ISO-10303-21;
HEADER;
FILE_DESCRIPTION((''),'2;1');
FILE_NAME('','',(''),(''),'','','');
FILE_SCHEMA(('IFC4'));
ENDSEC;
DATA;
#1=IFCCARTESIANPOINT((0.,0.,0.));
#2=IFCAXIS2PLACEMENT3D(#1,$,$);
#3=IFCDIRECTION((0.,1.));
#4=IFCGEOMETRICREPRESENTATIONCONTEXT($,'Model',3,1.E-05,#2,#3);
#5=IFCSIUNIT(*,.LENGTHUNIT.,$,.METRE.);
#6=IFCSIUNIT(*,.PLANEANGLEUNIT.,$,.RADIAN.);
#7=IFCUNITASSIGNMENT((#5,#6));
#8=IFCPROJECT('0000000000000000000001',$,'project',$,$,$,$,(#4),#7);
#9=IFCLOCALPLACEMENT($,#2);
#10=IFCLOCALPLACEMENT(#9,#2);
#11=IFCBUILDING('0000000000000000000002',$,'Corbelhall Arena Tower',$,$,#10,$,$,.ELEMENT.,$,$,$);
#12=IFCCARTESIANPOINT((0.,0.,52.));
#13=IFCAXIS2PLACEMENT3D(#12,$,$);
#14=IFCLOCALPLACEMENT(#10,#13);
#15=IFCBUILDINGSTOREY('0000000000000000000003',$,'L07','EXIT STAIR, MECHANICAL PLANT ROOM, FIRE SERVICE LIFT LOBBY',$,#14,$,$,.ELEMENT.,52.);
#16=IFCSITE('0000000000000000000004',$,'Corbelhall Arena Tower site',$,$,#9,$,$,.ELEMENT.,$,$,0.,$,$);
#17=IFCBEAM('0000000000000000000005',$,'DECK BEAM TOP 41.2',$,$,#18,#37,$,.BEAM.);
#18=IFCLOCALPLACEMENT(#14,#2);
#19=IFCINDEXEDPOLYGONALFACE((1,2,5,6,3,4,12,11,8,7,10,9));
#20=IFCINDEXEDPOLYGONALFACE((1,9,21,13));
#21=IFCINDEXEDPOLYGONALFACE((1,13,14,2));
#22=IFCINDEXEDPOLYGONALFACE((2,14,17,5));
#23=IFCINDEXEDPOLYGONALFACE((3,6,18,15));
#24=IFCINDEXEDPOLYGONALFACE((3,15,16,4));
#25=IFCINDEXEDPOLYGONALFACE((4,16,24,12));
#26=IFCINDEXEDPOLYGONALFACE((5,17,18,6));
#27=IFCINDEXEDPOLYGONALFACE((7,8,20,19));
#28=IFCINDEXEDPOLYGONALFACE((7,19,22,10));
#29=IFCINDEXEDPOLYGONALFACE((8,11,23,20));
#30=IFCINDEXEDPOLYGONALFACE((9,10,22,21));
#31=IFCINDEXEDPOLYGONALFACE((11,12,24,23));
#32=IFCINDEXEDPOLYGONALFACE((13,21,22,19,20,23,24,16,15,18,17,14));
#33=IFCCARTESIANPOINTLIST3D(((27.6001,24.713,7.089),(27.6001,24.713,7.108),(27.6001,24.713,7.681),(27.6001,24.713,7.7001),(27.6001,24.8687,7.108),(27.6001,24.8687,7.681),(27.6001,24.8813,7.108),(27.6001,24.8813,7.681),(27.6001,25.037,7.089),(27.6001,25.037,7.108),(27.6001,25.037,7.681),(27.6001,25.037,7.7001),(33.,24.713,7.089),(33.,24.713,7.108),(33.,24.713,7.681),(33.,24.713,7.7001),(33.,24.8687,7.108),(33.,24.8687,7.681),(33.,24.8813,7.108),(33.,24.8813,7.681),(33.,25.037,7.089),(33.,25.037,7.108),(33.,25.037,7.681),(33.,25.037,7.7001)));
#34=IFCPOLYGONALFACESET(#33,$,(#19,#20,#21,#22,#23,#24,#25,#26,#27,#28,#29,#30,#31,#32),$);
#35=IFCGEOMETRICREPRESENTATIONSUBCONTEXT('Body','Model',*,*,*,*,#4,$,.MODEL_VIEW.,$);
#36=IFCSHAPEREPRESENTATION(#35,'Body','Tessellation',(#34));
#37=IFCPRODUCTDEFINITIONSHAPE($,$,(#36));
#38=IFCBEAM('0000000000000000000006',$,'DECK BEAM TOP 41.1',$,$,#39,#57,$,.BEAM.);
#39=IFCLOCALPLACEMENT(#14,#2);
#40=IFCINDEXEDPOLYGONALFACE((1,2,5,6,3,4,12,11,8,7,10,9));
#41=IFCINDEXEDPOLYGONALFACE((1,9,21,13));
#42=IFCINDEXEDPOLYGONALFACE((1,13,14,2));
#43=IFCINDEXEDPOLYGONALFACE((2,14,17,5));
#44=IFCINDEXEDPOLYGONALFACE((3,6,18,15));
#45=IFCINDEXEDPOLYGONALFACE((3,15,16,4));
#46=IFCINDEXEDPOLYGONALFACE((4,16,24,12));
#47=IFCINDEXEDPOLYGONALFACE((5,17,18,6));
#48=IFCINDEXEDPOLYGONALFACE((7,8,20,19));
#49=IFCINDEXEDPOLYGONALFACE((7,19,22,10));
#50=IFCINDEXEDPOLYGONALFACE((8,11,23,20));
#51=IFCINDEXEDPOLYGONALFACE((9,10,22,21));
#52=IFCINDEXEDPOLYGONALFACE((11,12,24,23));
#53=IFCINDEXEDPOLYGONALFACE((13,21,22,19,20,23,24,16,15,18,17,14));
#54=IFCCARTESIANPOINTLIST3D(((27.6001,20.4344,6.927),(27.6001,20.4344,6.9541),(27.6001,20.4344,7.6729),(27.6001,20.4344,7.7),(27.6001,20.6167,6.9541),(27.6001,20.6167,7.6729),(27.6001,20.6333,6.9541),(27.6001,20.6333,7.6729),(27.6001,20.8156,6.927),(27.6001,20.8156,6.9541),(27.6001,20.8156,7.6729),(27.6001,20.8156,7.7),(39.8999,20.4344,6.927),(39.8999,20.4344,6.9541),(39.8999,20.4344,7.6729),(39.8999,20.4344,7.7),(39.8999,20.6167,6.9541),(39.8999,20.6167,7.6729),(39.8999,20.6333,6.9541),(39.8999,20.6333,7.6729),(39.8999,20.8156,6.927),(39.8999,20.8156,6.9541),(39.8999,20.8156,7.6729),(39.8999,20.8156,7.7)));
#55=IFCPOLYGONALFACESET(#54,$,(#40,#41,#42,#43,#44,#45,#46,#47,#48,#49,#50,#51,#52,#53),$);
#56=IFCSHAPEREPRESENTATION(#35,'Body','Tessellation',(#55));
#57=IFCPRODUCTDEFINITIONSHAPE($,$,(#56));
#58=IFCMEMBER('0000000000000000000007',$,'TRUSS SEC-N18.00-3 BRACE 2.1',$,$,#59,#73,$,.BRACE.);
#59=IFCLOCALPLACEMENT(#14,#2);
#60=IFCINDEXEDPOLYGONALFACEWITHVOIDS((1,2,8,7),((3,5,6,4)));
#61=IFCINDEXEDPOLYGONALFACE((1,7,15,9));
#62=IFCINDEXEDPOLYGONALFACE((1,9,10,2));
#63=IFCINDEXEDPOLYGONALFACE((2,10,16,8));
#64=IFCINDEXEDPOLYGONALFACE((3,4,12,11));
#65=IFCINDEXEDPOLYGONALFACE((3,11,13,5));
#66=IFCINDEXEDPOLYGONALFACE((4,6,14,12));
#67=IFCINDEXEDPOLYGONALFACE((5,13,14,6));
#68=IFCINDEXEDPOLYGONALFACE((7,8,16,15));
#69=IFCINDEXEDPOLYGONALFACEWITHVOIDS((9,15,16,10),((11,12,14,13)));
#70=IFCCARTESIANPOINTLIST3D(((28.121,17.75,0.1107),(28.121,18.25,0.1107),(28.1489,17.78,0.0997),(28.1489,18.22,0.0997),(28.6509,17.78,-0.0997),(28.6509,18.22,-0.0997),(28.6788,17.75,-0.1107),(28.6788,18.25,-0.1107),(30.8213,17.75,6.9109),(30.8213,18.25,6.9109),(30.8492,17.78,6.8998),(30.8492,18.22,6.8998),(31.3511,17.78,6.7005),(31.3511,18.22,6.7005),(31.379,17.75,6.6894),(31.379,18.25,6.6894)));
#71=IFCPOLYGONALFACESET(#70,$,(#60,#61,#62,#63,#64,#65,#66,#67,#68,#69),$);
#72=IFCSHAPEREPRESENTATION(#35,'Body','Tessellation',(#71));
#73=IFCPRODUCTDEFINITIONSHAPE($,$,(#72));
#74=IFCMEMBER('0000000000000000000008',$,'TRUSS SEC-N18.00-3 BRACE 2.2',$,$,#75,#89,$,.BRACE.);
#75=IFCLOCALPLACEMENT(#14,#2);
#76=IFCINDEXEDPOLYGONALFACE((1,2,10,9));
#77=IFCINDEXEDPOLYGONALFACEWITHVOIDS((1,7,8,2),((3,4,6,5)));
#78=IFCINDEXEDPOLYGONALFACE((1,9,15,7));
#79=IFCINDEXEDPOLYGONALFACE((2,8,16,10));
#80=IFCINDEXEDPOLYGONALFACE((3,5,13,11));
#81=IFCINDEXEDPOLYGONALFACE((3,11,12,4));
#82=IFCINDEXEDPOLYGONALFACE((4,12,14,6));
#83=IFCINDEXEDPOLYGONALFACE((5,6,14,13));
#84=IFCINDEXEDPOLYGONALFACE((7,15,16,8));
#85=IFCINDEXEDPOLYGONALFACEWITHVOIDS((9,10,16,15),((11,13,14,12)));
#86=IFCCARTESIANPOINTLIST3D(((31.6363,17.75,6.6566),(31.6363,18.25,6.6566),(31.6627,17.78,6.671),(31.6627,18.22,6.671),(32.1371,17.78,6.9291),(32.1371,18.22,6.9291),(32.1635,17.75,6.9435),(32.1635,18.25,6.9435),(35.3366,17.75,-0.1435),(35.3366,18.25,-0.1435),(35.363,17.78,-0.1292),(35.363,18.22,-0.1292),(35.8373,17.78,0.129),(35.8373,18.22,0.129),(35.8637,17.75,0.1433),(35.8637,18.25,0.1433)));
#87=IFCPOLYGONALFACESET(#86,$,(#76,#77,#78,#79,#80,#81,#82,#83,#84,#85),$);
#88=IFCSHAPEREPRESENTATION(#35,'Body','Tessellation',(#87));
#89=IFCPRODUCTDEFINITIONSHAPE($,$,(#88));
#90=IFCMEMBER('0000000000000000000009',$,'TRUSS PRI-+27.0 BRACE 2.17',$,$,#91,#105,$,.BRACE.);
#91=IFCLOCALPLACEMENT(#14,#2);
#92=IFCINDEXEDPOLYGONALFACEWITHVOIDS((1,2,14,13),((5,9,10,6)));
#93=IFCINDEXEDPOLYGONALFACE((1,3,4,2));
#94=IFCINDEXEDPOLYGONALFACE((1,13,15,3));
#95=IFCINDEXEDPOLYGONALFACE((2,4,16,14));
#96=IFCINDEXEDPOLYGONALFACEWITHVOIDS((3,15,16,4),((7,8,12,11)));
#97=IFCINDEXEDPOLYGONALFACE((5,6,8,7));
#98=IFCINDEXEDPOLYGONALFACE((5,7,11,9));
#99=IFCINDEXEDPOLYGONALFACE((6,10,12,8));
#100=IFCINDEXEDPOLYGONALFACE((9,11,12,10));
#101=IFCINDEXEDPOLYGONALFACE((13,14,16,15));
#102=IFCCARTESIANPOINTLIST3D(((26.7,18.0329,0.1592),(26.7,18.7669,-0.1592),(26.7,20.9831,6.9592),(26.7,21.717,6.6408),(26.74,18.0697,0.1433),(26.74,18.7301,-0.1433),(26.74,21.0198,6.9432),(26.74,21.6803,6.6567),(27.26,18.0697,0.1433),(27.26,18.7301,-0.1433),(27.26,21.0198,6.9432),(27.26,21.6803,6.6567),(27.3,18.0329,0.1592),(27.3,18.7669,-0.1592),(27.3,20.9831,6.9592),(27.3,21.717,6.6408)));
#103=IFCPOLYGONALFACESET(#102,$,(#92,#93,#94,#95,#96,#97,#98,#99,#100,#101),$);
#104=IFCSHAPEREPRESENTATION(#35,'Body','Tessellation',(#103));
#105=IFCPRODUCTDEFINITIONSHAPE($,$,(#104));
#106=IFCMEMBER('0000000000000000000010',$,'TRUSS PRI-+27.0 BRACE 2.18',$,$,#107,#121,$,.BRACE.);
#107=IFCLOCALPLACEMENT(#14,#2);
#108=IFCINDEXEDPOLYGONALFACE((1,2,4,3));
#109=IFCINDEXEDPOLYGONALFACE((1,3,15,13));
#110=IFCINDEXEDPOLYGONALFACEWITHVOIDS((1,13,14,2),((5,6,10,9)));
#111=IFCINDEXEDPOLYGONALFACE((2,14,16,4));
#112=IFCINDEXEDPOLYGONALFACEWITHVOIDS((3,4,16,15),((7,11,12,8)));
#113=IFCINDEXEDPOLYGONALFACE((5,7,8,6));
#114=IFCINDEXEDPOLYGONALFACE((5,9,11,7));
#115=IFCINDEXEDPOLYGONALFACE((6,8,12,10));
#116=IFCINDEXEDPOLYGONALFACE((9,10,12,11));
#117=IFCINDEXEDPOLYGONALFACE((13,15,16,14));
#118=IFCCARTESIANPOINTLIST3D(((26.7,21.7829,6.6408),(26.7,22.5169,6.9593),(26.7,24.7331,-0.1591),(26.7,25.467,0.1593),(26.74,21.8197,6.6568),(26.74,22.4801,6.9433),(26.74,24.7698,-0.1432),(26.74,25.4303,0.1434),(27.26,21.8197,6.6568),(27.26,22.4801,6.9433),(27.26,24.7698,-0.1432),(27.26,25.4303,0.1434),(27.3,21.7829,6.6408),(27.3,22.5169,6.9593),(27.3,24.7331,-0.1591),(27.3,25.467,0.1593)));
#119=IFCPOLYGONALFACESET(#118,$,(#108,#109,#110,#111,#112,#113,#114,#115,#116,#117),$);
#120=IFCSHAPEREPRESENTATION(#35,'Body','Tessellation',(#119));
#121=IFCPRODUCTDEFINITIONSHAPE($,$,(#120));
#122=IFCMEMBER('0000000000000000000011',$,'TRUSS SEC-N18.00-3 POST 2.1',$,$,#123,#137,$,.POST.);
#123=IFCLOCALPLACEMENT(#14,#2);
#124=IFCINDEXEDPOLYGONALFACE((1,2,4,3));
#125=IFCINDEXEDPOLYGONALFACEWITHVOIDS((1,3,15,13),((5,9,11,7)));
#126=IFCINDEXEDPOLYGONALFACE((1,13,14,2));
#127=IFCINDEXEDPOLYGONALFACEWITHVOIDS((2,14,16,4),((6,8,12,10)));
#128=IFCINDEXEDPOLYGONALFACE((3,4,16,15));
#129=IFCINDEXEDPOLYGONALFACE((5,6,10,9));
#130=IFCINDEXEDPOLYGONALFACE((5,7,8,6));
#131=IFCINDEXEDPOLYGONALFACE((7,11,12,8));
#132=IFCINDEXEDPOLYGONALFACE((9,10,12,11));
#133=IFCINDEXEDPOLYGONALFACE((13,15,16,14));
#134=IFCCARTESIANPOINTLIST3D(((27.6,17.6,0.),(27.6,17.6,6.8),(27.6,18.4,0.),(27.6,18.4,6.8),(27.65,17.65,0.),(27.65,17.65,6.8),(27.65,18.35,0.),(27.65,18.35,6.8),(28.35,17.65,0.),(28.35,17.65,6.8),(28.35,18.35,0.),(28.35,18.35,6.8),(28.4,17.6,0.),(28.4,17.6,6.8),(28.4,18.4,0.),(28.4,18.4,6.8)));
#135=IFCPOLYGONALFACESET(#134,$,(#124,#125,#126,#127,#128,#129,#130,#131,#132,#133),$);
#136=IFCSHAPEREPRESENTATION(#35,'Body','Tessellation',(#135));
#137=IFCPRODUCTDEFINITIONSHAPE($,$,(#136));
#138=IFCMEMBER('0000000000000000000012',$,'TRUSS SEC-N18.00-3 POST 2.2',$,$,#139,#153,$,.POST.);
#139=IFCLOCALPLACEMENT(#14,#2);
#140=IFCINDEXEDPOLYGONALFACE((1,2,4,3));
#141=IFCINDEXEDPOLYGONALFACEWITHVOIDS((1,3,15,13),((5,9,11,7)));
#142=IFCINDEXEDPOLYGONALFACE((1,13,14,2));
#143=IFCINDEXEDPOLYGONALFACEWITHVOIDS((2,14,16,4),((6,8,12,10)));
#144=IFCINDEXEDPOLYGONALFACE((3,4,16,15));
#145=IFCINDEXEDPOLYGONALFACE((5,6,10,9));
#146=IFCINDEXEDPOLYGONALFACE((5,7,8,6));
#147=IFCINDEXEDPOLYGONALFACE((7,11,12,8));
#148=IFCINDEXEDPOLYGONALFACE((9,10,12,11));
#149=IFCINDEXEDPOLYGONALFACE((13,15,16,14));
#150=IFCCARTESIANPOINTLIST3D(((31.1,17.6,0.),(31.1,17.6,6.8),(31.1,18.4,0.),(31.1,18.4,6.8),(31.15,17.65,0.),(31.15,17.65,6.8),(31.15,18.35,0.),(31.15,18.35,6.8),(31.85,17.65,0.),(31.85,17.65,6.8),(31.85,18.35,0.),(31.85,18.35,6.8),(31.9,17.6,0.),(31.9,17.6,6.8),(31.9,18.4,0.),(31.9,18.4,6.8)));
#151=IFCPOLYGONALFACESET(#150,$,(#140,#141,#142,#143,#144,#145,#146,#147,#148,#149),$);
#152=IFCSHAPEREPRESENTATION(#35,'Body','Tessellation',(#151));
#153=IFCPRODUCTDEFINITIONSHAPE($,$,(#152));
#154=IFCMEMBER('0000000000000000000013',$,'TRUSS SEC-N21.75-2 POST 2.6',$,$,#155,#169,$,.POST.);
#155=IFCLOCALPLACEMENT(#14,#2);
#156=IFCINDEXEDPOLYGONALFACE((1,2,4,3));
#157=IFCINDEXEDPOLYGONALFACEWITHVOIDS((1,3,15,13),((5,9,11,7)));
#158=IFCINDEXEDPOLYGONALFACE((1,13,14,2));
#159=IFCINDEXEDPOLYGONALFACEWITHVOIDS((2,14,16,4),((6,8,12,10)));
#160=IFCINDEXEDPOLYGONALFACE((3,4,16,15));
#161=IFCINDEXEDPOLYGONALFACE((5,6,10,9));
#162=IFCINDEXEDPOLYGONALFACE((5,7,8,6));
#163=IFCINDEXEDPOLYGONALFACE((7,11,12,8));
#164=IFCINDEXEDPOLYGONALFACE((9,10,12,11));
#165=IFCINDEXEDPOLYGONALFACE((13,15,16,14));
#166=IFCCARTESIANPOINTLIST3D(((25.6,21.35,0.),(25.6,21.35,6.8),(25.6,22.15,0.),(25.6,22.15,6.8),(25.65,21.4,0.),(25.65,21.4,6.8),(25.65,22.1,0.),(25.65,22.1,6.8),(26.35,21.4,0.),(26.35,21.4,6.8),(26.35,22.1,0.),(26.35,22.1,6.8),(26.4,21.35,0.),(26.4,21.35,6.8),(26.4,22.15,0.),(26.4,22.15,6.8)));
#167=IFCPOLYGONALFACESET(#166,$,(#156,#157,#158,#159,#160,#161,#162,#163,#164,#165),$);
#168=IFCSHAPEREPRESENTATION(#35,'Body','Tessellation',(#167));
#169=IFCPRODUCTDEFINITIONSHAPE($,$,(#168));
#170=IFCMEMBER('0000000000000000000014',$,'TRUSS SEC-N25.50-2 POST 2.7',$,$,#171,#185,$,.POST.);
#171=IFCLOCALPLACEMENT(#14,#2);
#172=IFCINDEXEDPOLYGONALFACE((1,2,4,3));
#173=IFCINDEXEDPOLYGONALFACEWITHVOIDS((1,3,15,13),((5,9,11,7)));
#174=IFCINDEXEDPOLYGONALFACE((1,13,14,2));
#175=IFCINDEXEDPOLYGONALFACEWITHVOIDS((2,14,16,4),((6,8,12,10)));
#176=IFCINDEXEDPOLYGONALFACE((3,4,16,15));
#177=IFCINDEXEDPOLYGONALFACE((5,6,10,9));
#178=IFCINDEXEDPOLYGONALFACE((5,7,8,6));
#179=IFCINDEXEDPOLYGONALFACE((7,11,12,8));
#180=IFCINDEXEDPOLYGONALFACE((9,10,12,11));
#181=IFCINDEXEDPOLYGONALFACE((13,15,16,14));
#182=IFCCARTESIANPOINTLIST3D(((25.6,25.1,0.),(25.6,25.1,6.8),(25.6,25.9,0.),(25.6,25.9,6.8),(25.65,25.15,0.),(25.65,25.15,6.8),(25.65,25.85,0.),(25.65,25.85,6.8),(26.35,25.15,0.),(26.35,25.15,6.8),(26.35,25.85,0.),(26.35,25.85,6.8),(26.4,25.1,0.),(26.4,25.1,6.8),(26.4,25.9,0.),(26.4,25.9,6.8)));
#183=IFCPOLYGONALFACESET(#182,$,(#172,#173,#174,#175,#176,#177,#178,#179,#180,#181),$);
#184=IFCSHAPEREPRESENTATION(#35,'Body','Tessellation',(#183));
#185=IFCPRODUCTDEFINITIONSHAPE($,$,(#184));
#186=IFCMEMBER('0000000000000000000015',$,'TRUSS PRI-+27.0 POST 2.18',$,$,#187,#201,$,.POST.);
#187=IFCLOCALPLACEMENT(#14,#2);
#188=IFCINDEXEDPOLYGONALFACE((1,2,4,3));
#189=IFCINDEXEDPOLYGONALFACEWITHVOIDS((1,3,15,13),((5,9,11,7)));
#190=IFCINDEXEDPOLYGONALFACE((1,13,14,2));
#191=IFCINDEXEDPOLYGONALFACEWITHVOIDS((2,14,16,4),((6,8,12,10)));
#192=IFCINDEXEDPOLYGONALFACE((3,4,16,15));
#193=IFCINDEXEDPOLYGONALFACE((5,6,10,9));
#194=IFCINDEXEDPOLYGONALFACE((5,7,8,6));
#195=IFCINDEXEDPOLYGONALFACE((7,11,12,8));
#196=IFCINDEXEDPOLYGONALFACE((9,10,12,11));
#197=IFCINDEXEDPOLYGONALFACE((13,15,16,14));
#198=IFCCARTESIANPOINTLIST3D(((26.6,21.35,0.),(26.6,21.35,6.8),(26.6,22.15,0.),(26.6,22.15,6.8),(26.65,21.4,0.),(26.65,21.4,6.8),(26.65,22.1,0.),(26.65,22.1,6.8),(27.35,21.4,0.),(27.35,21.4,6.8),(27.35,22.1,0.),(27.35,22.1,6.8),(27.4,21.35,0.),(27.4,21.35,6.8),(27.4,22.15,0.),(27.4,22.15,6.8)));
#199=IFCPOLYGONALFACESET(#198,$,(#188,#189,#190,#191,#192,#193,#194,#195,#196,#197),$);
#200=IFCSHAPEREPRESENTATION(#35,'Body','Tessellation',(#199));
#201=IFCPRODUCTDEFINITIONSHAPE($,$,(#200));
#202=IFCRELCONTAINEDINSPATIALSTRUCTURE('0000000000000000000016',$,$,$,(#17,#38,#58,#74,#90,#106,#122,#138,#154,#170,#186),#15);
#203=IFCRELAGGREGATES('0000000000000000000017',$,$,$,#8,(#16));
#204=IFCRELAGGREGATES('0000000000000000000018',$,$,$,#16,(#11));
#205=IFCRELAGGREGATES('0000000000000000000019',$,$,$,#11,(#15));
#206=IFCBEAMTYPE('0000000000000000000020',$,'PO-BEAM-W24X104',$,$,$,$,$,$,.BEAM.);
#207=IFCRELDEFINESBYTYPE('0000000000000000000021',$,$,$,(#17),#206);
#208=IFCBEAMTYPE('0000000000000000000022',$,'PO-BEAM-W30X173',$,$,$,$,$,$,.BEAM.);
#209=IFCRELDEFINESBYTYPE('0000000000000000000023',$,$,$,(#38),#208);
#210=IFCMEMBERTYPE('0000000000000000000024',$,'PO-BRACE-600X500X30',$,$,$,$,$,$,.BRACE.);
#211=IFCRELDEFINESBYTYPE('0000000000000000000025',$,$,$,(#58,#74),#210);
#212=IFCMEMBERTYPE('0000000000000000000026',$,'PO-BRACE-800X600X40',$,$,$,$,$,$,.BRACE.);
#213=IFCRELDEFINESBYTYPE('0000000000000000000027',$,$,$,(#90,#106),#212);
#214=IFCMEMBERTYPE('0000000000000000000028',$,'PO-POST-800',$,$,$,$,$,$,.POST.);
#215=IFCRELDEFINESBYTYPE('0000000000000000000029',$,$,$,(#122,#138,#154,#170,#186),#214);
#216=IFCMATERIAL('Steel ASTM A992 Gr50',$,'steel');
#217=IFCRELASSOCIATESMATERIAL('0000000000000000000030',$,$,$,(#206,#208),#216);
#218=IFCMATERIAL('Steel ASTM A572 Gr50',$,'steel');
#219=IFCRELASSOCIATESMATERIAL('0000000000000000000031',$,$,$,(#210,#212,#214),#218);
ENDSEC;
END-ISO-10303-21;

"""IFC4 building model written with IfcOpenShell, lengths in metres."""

from ifc_helpers import new_model, si_unit, direction, frame, origin, origin_2d, place, context, subcontext, project, spatial, hollow_rectangle, i_section, extrude, material, material_profile, profile_set, type_object, element, save


model = new_model("IFC4")

# Units and contexts
model_context = context("Model", 3, precision=1e-05, world=origin(), true_north=direction((0.0, 1.0)))
body_context = subcontext(model_context, "Body", "Model", "MODEL_VIEW")
ifc_project = project(units=[si_unit("LENGTHUNIT", "METRE"), si_unit("PLANEANGLEUNIT", "RADIAN")], contexts=[model_context])

# Site, building, storey
site_placement = place(None, origin())
site = spatial("IfcSite", under=ifc_project, at=site_placement, Name="Corbelhall Arena Tower site", CompositionType="ELEMENT", RefElevation=0.0)
building_placement = place(site_placement, origin())
building = spatial("IfcBuilding", under=site, at=building_placement, Name="Corbelhall Arena Tower", CompositionType="ELEMENT")
storey_placement = place(building_placement, frame((0.0, 0.0, 52.0)))
storey = spatial("IfcBuildingStorey", under=building, at=storey_placement, Name="L07", Description="EXIT STAIR, MECHANICAL PLANT ROOM, FIRE SERVICE LIFT LOBBY", CompositionType="ELEMENT", Elevation=52.0)

# Beams
ifc_material_1 = material(Name="Steel ASTM A992 Gr50", Category="steel")
ifc_material_profile_1 = material_profile(ifc_material_1, i_section(OverallWidth=0.324, OverallDepth=0.6111, WebThickness=0.0127, FlangeThickness=0.019, at=origin_2d()))
ifc_profile_set_1 = profile_set([ifc_material_profile_1], Name="Steel ASTM A992 Gr50")
beam_type_1 = type_object("IfcBeamType", Name="PO-BEAM-W24X104", PredefinedType="BEAM", material=ifc_profile_set_1)
beam_1_placement = place(storey_placement, frame((27.6001, 24.875, 7.3945), z_axis=(1.0, 0.0, 0.0), x_axis=(0.0, 1.0, 0.0)))
element("IfcBeam", 1, at=beam_1_placement, inside=storey, type_object=beam_type_1, Name="DECK BEAM TOP 41.2", PredefinedType="BEAM", context=body_context, shape_type="SweptSolid", body=[
    extrude(i_section(OverallWidth=0.324, OverallDepth=0.6111, WebThickness=0.0127, FlangeThickness=0.019, at=origin_2d()), origin(), (0.0, 0.0, 1.0), 5.3999),
])
ifc_material_profile_2 = material_profile(ifc_material_1, i_section(OverallWidth=0.3811, OverallDepth=0.7729, WebThickness=0.0166, FlangeThickness=0.0271, at=origin_2d()))
ifc_profile_set_2 = profile_set([ifc_material_profile_2], Name="Steel ASTM A992 Gr50")
beam_type_2 = type_object("IfcBeamType", Name="PO-BEAM-W30X173", PredefinedType="BEAM", material=ifc_profile_set_2)
beam_2_placement = place(storey_placement, frame((27.6001, 20.625, 7.3135), z_axis=(1.0, 0.0, 0.0), x_axis=(0.0, 1.0, 0.0)))
element("IfcBeam", 2, at=beam_2_placement, inside=storey, type_object=beam_type_2, Name="DECK BEAM TOP 41.1", PredefinedType="BEAM", context=body_context, shape_type="SweptSolid", body=[
    extrude(i_section(OverallWidth=0.3811, OverallDepth=0.7729, WebThickness=0.0166, FlangeThickness=0.0271, at=origin_2d()), origin(), (0.0, 0.0, 1.0), 12.2998),
])

# Members
ifc_material_2 = material(Name="Steel ASTM A572 Gr50", Category="steel")
ifc_material_profile_3 = material_profile(ifc_material_2, hollow_rectangle(XDim=0.5, YDim=0.6001, WallThickness=0.03, at=origin_2d()))
ifc_profile_set_3 = profile_set([ifc_material_profile_3], Name="Steel ASTM A572 Gr50")
member_type_1 = type_object("IfcMemberType", Name="PO-BRACE-600X500X30", PredefinedType="BRACE", material=ifc_profile_set_3)
member_1_placement = place(storey_placement, frame((28.3999, 18.0, 0.0), z_axis=(0.369054, 0.0, 0.929408), x_axis=(0.0, 1.0, 0.0)))
element("IfcMember", 3, at=member_1_placement, inside=storey, type_object=member_type_1, Name="TRUSS SEC-N18.00-3 BRACE 2.1", PredefinedType="BRACE", context=body_context, shape_type="SweptSolid", body=[
    extrude(hollow_rectangle(XDim=0.5, YDim=0.6001, WallThickness=0.03, at=origin_2d()), origin(), (0.0, 0.0, 1.0), 7.3167),
])
member_2_placement = place(storey_placement, frame((31.8999, 18.0, 6.8), z_axis=(0.477964, 0.0, -0.87838), x_axis=(0.0, 1.0, 0.0)))
element("IfcMember", 4, at=member_2_placement, inside=storey, type_object=member_type_1, Name="TRUSS SEC-N18.00-3 BRACE 2.2", PredefinedType="BRACE", context=body_context, shape_type="SweptSolid", body=[
    extrude(hollow_rectangle(XDim=0.5, YDim=0.6001, WallThickness=0.03, at=origin_2d()), origin(), (0.0, 0.0, 1.0), 7.7417),
])
ifc_material_profile_4 = material_profile(ifc_material_2, hollow_rectangle(XDim=0.6001, YDim=0.8, WallThickness=0.04, at=origin_2d()))
ifc_profile_set_4 = profile_set([ifc_material_profile_4], Name="Steel ASTM A572 Gr50")
member_type_2 = type_object("IfcMemberType", Name="PO-BRACE-800X600X40", PredefinedType="BRACE", material=ifc_profile_set_4)
for number, where, z_axis, x_axis, name in (
    (5, (27.0, 18.3999, 0.0), (0.0, 0.398006, 0.917383), (-1.0, 0.0, 0.0), "TRUSS PRI-+27.0 BRACE 2.17"),
    (6, (27.0, 22.1499, 6.8), (0.0, 0.398006, -0.917383), (-1.0, 0.0, 0.0), "TRUSS PRI-+27.0 BRACE 2.18"),
):
    element("IfcMember", number, at=place(storey_placement, frame(where, z_axis=z_axis, x_axis=x_axis)), inside=storey, type_object=member_type_2, Name=name, PredefinedType="BRACE", context=body_context, shape_type="SweptSolid", body=[
        extrude(hollow_rectangle(XDim=0.6001, YDim=0.8, WallThickness=0.04, at=origin_2d()), origin(), (0.0, 0.0, 1.0), 7.4124),
    ])
ifc_material_profile_5 = material_profile(ifc_material_2, hollow_rectangle(XDim=0.8, YDim=0.8, WallThickness=0.05, at=origin_2d()))
ifc_profile_set_5 = profile_set([ifc_material_profile_5], Name="Steel ASTM A572 Gr50")
member_type_3 = type_object("IfcMemberType", Name="PO-POST-800", PredefinedType="POST", material=ifc_profile_set_5)
for number, where, z_axis, x_axis, name in (
    (7, (28.0, 18.0, 0.0), (0.0, 0.0, 1.0), (1.0, 0.0, 0.0), "TRUSS SEC-N18.00-3 POST 2.1"),
    (8, (31.5, 18.0, 0.0), (0.0, 0.0, 1.0), (1.0, 0.0, 0.0), "TRUSS SEC-N18.00-3 POST 2.2"),
    (9, (26.0, 21.75, 0.0), (0.0, 0.0, 1.0), (1.0, 0.0, 0.0), "TRUSS SEC-N21.75-2 POST 2.6"),
    (10, (26.0, 25.5, 0.0), (0.0, 0.0, 1.0), (1.0, 0.0, 0.0), "TRUSS SEC-N25.50-2 POST 2.7"),
    (11, (27.0, 21.75, 0.0), (0.0, 0.0, 1.0), (1.0, 0.0, 0.0), "TRUSS PRI-+27.0 POST 2.18"),
):
    element("IfcMember", number, at=place(storey_placement, frame(where, z_axis=z_axis, x_axis=x_axis)), inside=storey, type_object=member_type_3, Name=name, PredefinedType="POST", context=body_context, shape_type="SweptSolid", body=[
        extrude(hollow_rectangle(XDim=0.8, YDim=0.8, WallThickness=0.05, at=origin_2d()), origin(), (0.0, 0.0, 1.0), 6.8),
    ])

save(model, "model.ifc")
